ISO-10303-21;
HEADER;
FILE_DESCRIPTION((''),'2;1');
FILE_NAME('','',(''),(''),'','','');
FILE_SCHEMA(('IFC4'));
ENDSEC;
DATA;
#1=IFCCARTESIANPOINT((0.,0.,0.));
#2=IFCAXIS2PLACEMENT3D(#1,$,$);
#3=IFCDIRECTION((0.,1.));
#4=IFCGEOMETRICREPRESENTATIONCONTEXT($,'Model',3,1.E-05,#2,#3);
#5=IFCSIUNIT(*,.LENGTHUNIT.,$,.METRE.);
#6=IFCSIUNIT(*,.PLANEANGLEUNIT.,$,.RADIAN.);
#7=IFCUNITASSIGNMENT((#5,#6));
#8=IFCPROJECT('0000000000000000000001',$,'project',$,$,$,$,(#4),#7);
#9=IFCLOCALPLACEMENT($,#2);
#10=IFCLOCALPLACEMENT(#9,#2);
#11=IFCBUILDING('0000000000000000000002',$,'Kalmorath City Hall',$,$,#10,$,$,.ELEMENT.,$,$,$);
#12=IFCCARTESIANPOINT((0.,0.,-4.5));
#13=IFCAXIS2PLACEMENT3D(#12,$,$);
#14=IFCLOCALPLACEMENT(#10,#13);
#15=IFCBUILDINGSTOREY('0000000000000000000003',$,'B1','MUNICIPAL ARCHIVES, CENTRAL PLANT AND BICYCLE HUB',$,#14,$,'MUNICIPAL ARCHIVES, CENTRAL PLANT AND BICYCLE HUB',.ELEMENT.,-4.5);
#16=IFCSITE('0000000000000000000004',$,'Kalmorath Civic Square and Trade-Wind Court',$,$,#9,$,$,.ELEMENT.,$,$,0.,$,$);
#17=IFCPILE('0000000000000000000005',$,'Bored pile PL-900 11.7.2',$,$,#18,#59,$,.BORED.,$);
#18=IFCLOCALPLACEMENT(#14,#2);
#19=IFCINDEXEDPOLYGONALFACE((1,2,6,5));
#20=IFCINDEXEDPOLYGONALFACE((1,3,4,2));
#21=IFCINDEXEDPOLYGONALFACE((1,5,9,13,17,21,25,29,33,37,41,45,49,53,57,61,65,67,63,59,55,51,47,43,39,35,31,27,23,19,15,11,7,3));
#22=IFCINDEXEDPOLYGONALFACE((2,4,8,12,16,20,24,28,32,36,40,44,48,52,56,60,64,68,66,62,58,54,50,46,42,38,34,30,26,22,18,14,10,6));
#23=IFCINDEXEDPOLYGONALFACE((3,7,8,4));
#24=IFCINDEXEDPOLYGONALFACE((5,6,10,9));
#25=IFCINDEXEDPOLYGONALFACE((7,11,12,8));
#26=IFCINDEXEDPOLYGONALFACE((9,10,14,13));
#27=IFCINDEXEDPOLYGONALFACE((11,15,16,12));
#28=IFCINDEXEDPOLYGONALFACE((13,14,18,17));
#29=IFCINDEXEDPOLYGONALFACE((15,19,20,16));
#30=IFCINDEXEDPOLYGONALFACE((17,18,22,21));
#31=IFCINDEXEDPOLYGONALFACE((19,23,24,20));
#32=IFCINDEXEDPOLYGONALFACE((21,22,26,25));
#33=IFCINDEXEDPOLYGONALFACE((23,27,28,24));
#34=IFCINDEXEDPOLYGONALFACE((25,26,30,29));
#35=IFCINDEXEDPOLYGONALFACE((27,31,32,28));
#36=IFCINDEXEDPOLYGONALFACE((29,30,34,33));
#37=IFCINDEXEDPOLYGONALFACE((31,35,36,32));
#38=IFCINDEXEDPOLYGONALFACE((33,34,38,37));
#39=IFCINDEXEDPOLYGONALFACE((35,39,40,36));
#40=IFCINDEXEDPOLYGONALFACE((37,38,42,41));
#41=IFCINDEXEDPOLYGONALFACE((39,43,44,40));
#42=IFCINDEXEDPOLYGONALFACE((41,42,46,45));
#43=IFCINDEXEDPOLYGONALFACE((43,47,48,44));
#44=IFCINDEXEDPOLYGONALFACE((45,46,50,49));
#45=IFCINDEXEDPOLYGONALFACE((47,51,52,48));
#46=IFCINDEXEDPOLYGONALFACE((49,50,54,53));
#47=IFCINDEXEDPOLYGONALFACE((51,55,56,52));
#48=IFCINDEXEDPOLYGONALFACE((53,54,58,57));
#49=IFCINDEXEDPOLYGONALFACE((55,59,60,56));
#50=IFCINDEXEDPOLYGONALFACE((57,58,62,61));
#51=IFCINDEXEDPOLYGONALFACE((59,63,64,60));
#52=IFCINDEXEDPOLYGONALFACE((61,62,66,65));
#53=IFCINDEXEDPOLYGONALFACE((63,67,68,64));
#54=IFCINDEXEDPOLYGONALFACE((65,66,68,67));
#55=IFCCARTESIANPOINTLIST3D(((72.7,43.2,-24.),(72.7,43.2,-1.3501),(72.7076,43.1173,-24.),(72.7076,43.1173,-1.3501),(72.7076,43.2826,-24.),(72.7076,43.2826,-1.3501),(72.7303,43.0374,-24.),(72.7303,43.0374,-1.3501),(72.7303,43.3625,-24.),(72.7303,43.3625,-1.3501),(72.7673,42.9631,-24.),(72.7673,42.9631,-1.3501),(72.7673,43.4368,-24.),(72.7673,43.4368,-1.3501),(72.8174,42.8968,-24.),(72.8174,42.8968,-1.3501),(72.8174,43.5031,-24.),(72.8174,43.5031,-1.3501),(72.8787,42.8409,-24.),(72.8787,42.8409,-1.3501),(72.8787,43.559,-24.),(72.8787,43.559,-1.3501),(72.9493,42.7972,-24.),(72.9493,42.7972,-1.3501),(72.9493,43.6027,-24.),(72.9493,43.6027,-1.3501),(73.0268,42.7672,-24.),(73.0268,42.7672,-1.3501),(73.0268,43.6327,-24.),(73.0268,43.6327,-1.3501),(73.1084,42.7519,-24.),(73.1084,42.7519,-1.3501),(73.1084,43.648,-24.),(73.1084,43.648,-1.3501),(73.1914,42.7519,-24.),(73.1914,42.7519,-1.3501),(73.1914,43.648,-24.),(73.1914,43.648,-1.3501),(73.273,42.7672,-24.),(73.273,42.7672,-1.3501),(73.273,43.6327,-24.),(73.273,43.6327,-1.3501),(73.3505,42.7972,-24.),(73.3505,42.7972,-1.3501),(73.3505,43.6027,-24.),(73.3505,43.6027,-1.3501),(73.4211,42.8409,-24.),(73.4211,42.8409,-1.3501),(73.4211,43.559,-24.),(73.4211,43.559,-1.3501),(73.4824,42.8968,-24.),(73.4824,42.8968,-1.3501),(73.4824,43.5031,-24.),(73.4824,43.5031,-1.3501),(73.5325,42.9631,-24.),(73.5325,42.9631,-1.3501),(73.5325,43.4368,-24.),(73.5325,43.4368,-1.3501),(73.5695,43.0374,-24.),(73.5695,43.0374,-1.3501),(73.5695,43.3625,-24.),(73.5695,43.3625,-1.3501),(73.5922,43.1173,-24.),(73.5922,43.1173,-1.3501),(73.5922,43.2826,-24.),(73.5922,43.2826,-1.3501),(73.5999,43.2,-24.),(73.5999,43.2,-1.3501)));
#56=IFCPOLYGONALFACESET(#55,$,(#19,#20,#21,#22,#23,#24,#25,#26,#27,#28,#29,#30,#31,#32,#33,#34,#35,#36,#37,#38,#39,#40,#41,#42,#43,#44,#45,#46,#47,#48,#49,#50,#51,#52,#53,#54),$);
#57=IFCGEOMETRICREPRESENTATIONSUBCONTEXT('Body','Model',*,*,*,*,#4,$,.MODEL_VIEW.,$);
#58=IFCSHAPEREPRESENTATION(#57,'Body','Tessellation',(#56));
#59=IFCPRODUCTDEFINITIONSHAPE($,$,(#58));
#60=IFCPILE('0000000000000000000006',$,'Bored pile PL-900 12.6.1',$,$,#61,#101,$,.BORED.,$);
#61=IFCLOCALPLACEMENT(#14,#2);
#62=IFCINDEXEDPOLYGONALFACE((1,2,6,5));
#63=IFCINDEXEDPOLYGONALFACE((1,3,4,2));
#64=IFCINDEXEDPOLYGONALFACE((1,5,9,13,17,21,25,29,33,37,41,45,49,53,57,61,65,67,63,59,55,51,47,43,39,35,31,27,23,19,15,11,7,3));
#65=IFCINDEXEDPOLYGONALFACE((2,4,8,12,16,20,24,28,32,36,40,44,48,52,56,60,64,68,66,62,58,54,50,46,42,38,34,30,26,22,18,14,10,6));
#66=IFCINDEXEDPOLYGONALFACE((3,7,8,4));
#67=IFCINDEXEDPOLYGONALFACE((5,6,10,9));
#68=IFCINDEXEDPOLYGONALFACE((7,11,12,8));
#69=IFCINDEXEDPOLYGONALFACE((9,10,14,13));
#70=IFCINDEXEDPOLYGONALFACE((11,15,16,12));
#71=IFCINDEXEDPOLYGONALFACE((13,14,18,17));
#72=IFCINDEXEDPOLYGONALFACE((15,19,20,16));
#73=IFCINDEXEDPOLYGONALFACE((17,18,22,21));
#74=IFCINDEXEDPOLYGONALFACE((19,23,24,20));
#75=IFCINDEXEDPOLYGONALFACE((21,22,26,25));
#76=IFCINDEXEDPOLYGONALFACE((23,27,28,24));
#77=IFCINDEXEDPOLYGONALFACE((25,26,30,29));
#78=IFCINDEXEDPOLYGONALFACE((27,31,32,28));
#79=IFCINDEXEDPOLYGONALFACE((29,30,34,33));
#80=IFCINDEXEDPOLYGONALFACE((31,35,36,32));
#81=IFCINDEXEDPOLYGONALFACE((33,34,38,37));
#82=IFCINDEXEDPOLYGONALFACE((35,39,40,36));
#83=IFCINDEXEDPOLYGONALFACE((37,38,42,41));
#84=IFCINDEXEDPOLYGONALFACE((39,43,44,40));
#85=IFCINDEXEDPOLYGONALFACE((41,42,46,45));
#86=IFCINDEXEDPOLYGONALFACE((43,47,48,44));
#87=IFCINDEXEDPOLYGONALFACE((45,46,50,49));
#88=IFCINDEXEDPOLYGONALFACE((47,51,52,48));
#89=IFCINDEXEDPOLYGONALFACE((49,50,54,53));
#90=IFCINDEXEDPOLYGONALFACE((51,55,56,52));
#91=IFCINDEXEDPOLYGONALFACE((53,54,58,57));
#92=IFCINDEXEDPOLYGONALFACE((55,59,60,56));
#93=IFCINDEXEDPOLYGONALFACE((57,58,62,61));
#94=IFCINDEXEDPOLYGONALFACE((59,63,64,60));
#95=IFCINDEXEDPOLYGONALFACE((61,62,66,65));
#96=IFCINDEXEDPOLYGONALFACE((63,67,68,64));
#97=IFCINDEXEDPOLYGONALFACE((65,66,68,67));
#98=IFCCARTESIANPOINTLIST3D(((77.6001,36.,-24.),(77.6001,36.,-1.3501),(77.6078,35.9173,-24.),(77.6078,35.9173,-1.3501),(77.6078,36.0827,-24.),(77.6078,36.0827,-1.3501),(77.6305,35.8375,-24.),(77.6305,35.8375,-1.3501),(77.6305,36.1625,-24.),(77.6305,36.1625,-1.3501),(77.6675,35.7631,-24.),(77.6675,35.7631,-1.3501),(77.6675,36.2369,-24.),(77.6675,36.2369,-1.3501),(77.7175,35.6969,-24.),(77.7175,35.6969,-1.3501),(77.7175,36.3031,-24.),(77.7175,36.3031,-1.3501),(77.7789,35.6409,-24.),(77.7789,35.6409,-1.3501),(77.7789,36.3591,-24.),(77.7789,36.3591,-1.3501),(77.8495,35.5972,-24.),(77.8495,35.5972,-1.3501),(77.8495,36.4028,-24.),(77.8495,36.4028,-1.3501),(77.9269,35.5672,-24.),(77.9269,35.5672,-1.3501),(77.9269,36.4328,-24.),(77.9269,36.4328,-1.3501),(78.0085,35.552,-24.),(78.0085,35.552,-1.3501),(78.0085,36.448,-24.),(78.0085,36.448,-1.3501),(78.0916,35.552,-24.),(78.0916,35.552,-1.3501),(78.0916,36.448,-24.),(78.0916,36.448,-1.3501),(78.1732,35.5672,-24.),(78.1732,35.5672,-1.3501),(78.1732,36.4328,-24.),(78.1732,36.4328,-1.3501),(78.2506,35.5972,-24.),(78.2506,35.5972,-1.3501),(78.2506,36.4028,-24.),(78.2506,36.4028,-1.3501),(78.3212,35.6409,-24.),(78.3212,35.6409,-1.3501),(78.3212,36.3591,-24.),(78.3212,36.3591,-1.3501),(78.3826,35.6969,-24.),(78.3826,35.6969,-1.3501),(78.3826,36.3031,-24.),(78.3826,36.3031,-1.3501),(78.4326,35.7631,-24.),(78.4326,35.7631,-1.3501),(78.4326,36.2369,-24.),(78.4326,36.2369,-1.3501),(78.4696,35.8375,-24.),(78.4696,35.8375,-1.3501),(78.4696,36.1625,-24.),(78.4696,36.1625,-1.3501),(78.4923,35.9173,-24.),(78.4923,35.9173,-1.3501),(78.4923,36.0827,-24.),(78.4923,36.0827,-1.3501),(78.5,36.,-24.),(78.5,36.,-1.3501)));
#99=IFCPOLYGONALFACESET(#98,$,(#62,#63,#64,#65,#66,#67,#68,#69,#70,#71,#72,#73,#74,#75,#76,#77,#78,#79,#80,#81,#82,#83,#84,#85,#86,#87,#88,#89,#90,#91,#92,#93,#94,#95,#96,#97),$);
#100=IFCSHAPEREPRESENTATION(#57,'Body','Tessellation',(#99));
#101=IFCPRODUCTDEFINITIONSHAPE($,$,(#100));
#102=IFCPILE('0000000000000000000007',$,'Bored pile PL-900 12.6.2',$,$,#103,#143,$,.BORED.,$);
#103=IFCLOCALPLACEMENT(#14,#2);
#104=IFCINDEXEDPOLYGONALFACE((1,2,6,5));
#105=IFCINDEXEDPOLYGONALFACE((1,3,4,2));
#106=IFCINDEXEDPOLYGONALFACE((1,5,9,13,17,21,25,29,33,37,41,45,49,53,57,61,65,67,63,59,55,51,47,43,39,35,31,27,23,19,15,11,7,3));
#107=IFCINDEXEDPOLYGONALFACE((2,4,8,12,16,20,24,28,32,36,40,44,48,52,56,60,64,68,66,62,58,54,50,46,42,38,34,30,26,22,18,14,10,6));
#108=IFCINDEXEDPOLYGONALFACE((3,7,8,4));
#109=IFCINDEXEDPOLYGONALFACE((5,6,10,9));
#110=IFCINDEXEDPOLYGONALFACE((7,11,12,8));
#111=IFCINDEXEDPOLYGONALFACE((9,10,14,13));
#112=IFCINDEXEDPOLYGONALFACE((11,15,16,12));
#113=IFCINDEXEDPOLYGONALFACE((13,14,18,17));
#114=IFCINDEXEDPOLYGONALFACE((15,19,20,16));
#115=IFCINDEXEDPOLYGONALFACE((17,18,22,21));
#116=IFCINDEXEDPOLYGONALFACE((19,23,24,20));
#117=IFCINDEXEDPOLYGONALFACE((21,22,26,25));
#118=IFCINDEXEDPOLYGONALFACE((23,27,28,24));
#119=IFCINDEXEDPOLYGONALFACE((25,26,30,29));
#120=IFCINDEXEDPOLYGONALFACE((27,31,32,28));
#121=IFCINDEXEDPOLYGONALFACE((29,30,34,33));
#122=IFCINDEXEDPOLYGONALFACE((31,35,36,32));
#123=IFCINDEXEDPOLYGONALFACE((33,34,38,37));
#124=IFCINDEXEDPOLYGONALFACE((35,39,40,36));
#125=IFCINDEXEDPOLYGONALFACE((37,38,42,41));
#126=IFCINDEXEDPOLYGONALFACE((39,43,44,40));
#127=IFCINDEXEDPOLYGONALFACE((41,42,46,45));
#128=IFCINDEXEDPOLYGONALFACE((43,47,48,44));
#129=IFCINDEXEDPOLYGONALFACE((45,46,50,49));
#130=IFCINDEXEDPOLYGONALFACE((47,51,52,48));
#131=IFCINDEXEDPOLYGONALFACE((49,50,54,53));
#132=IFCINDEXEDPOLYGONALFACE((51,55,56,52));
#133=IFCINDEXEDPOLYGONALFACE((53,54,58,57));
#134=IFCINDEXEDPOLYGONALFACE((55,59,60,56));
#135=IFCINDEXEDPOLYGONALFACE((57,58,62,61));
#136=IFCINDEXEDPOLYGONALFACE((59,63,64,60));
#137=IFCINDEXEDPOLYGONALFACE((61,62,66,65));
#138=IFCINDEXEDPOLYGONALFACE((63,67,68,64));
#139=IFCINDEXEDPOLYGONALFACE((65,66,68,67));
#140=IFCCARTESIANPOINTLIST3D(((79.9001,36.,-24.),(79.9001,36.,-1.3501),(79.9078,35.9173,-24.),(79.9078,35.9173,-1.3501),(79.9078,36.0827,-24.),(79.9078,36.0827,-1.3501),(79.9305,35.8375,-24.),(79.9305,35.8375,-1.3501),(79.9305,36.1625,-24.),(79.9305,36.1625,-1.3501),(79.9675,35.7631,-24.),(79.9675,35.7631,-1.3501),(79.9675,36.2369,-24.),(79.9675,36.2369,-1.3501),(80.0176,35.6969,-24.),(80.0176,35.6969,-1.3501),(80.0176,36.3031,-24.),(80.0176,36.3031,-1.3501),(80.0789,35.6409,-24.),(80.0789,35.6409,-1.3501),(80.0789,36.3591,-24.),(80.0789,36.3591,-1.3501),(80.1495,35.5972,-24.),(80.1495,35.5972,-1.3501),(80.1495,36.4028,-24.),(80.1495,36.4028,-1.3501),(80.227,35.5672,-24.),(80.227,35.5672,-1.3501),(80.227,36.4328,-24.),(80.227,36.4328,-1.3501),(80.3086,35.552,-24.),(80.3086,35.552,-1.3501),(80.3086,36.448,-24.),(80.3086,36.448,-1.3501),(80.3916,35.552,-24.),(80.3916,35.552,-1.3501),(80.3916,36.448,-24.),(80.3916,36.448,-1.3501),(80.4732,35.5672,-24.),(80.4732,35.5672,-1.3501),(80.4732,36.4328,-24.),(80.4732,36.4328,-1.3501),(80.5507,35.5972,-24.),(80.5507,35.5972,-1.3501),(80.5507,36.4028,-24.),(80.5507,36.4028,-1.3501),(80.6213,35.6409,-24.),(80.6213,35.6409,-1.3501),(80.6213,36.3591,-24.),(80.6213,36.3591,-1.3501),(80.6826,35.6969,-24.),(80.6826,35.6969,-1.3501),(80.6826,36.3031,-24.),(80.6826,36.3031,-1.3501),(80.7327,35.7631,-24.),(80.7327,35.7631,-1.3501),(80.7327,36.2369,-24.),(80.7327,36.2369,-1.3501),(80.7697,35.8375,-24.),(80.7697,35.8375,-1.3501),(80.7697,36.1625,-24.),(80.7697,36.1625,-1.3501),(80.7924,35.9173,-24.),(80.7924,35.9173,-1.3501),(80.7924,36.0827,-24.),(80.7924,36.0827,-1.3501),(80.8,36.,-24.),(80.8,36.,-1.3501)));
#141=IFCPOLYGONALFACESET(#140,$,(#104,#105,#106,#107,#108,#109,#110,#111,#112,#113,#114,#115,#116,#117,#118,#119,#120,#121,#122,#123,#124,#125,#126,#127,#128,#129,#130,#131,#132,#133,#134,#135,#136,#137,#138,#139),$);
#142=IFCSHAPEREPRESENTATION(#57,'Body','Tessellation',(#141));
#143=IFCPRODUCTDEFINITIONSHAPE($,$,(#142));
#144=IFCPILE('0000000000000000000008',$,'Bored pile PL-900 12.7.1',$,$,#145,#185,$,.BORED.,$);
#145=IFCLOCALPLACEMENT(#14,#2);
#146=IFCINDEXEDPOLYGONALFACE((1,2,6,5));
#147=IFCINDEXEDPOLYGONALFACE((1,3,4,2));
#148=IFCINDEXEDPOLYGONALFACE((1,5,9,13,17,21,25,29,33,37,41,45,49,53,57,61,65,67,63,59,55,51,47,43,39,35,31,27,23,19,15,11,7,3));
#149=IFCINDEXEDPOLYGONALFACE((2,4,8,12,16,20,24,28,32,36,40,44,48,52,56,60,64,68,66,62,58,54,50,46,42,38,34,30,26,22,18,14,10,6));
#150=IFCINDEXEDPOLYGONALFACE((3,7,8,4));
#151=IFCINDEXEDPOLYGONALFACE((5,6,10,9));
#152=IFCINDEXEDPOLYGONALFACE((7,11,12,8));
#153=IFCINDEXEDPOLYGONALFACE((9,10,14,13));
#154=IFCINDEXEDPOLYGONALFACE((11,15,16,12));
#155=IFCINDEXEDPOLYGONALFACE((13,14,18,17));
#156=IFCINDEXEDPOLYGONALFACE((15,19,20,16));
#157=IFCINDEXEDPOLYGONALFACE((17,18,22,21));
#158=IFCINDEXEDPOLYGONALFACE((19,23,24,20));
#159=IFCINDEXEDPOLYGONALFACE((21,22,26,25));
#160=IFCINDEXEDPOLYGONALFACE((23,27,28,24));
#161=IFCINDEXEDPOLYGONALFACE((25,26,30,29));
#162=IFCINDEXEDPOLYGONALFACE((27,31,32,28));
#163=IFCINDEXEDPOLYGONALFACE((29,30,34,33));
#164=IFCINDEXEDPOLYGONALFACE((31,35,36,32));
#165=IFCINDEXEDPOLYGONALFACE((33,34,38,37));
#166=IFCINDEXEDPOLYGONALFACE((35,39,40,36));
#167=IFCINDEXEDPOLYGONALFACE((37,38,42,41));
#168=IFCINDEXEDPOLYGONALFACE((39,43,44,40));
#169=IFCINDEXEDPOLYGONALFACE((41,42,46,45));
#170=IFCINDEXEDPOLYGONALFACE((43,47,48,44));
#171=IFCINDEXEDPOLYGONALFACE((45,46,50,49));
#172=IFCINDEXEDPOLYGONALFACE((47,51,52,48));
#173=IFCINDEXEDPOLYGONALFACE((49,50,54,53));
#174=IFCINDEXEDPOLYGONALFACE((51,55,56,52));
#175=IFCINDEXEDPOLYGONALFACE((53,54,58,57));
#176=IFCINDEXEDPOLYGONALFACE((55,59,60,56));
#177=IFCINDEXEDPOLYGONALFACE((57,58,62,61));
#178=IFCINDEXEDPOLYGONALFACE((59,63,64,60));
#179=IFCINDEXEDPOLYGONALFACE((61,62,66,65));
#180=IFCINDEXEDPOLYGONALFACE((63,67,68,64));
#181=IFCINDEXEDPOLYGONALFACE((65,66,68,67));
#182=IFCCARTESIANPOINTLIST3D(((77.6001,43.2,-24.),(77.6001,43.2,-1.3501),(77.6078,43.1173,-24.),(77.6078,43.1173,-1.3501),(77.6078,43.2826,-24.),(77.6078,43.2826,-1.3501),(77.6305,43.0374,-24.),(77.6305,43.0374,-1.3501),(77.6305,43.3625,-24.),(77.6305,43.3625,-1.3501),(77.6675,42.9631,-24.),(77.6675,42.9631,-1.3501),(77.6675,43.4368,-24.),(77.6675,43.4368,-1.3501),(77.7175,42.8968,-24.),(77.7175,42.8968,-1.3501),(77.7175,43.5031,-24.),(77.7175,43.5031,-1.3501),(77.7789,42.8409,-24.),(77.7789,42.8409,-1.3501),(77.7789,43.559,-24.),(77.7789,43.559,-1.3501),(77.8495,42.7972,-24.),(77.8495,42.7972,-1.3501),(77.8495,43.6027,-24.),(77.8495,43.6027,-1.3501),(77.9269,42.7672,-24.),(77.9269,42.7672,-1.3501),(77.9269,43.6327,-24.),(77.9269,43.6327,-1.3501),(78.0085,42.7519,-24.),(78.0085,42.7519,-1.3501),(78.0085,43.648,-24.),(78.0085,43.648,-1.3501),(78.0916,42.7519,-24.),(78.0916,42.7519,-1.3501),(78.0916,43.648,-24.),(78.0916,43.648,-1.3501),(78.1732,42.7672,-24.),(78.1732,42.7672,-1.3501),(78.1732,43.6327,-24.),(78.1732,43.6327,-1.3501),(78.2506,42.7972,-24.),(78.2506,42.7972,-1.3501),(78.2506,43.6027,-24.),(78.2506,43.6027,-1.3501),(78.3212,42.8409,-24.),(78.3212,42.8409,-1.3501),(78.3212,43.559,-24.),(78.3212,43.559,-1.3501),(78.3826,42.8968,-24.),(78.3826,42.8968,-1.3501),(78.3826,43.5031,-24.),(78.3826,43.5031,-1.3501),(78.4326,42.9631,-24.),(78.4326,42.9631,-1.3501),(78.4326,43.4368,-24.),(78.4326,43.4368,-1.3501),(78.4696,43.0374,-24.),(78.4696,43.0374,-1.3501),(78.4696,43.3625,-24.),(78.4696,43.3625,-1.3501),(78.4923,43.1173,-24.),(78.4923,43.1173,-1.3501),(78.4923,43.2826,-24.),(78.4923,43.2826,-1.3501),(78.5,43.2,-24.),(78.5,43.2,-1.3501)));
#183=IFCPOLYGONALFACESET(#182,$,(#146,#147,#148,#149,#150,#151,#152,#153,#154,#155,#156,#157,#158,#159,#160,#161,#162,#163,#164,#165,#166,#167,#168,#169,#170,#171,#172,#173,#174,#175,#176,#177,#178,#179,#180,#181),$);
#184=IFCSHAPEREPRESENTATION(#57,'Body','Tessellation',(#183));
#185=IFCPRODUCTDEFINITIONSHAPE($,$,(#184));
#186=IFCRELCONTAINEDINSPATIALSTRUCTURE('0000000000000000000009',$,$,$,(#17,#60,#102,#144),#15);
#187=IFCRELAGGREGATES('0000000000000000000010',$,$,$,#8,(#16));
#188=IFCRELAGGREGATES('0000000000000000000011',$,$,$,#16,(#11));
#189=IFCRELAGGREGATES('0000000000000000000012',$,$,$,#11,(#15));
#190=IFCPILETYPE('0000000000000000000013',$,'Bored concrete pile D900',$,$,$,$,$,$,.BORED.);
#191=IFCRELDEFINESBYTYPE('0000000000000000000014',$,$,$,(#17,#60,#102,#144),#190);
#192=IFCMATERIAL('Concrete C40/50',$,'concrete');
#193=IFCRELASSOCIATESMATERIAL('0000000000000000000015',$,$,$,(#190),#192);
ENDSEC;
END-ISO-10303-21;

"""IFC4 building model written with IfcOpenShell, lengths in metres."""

from ifc_helpers import new_model, si_unit, direction, frame, origin, origin_2d, place, context, subcontext, project, spatial, circle, extrude, material, material_profile, profile_set, type_object, element, save


model = new_model("IFC4")

# Units and contexts
model_context = context("Model", 3, precision=1e-05, world=origin(), true_north=direction((0.0, 1.0)))
body_context = subcontext(model_context, "Body", "Model", "MODEL_VIEW")
ifc_project = project(units=[si_unit("LENGTHUNIT", "METRE"), si_unit("PLANEANGLEUNIT", "RADIAN")], contexts=[model_context])

# Site, building, storey
site_placement = place(None, origin())
site = spatial("IfcSite", under=ifc_project, at=site_placement, Name="Kalmorath Civic Square and Trade-Wind Court", CompositionType="ELEMENT", RefElevation=0.0)
building_placement = place(site_placement, origin())
building = spatial("IfcBuilding", under=site, at=building_placement, Name="Kalmorath City Hall", CompositionType="ELEMENT")
storey_placement = place(building_placement, frame((0.0, 0.0, -4.5)))
storey = spatial("IfcBuildingStorey", under=building, at=storey_placement, Name="B1", Description="MUNICIPAL ARCHIVES, CENTRAL PLANT AND BICYCLE HUB", LongName="MUNICIPAL ARCHIVES, CENTRAL PLANT AND BICYCLE HUB", CompositionType="ELEMENT", Elevation=-4.5)

# Piles
ifc_material_1 = material(Name="Concrete C40/50", Category="concrete")
ifc_material_profile_1 = material_profile(ifc_material_1, circle(Radius=0.45, at=origin_2d()), Name="PILE-D900")
ifc_profile_set_1 = profile_set([ifc_material_profile_1], Name="Concrete C40/50")
pile_type = type_object("IfcPileType", Name="Bored concrete pile D900", PredefinedType="BORED", material=ifc_profile_set_1)
for number, where, z_axis, x_axis, name in (
    (1, (73.1499, 43.2, -1.3501), (0.0, 0.0, -1.0), (1.0, 0.0, 0.0), "Bored pile PL-900 11.7.2"),
    (2, (78.05, 36.0, -1.3501), (0.0, 0.0, -1.0), (1.0, 0.0, 0.0), "Bored pile PL-900 12.6.1"),
    (3, (80.3501, 36.0, -1.3501), (0.0, 0.0, -1.0), (1.0, 0.0, 0.0), "Bored pile PL-900 12.6.2"),
    (4, (78.05, 43.2, -1.3501), (0.0, 0.0, -1.0), (1.0, 0.0, 0.0), "Bored pile PL-900 12.7.1"),
):
    element("IfcPile", number, at=place(storey_placement, frame(where, z_axis=z_axis, x_axis=x_axis)), inside=storey, type_object=pile_type, Name=name, PredefinedType="BORED", context=body_context, shape_type="SweptSolid", body=[
        extrude(circle(Radius=0.45, at=origin_2d()), origin(), (0.0, 0.0, 1.0), 22.6499),
    ])

save(model, "model.ifc")
